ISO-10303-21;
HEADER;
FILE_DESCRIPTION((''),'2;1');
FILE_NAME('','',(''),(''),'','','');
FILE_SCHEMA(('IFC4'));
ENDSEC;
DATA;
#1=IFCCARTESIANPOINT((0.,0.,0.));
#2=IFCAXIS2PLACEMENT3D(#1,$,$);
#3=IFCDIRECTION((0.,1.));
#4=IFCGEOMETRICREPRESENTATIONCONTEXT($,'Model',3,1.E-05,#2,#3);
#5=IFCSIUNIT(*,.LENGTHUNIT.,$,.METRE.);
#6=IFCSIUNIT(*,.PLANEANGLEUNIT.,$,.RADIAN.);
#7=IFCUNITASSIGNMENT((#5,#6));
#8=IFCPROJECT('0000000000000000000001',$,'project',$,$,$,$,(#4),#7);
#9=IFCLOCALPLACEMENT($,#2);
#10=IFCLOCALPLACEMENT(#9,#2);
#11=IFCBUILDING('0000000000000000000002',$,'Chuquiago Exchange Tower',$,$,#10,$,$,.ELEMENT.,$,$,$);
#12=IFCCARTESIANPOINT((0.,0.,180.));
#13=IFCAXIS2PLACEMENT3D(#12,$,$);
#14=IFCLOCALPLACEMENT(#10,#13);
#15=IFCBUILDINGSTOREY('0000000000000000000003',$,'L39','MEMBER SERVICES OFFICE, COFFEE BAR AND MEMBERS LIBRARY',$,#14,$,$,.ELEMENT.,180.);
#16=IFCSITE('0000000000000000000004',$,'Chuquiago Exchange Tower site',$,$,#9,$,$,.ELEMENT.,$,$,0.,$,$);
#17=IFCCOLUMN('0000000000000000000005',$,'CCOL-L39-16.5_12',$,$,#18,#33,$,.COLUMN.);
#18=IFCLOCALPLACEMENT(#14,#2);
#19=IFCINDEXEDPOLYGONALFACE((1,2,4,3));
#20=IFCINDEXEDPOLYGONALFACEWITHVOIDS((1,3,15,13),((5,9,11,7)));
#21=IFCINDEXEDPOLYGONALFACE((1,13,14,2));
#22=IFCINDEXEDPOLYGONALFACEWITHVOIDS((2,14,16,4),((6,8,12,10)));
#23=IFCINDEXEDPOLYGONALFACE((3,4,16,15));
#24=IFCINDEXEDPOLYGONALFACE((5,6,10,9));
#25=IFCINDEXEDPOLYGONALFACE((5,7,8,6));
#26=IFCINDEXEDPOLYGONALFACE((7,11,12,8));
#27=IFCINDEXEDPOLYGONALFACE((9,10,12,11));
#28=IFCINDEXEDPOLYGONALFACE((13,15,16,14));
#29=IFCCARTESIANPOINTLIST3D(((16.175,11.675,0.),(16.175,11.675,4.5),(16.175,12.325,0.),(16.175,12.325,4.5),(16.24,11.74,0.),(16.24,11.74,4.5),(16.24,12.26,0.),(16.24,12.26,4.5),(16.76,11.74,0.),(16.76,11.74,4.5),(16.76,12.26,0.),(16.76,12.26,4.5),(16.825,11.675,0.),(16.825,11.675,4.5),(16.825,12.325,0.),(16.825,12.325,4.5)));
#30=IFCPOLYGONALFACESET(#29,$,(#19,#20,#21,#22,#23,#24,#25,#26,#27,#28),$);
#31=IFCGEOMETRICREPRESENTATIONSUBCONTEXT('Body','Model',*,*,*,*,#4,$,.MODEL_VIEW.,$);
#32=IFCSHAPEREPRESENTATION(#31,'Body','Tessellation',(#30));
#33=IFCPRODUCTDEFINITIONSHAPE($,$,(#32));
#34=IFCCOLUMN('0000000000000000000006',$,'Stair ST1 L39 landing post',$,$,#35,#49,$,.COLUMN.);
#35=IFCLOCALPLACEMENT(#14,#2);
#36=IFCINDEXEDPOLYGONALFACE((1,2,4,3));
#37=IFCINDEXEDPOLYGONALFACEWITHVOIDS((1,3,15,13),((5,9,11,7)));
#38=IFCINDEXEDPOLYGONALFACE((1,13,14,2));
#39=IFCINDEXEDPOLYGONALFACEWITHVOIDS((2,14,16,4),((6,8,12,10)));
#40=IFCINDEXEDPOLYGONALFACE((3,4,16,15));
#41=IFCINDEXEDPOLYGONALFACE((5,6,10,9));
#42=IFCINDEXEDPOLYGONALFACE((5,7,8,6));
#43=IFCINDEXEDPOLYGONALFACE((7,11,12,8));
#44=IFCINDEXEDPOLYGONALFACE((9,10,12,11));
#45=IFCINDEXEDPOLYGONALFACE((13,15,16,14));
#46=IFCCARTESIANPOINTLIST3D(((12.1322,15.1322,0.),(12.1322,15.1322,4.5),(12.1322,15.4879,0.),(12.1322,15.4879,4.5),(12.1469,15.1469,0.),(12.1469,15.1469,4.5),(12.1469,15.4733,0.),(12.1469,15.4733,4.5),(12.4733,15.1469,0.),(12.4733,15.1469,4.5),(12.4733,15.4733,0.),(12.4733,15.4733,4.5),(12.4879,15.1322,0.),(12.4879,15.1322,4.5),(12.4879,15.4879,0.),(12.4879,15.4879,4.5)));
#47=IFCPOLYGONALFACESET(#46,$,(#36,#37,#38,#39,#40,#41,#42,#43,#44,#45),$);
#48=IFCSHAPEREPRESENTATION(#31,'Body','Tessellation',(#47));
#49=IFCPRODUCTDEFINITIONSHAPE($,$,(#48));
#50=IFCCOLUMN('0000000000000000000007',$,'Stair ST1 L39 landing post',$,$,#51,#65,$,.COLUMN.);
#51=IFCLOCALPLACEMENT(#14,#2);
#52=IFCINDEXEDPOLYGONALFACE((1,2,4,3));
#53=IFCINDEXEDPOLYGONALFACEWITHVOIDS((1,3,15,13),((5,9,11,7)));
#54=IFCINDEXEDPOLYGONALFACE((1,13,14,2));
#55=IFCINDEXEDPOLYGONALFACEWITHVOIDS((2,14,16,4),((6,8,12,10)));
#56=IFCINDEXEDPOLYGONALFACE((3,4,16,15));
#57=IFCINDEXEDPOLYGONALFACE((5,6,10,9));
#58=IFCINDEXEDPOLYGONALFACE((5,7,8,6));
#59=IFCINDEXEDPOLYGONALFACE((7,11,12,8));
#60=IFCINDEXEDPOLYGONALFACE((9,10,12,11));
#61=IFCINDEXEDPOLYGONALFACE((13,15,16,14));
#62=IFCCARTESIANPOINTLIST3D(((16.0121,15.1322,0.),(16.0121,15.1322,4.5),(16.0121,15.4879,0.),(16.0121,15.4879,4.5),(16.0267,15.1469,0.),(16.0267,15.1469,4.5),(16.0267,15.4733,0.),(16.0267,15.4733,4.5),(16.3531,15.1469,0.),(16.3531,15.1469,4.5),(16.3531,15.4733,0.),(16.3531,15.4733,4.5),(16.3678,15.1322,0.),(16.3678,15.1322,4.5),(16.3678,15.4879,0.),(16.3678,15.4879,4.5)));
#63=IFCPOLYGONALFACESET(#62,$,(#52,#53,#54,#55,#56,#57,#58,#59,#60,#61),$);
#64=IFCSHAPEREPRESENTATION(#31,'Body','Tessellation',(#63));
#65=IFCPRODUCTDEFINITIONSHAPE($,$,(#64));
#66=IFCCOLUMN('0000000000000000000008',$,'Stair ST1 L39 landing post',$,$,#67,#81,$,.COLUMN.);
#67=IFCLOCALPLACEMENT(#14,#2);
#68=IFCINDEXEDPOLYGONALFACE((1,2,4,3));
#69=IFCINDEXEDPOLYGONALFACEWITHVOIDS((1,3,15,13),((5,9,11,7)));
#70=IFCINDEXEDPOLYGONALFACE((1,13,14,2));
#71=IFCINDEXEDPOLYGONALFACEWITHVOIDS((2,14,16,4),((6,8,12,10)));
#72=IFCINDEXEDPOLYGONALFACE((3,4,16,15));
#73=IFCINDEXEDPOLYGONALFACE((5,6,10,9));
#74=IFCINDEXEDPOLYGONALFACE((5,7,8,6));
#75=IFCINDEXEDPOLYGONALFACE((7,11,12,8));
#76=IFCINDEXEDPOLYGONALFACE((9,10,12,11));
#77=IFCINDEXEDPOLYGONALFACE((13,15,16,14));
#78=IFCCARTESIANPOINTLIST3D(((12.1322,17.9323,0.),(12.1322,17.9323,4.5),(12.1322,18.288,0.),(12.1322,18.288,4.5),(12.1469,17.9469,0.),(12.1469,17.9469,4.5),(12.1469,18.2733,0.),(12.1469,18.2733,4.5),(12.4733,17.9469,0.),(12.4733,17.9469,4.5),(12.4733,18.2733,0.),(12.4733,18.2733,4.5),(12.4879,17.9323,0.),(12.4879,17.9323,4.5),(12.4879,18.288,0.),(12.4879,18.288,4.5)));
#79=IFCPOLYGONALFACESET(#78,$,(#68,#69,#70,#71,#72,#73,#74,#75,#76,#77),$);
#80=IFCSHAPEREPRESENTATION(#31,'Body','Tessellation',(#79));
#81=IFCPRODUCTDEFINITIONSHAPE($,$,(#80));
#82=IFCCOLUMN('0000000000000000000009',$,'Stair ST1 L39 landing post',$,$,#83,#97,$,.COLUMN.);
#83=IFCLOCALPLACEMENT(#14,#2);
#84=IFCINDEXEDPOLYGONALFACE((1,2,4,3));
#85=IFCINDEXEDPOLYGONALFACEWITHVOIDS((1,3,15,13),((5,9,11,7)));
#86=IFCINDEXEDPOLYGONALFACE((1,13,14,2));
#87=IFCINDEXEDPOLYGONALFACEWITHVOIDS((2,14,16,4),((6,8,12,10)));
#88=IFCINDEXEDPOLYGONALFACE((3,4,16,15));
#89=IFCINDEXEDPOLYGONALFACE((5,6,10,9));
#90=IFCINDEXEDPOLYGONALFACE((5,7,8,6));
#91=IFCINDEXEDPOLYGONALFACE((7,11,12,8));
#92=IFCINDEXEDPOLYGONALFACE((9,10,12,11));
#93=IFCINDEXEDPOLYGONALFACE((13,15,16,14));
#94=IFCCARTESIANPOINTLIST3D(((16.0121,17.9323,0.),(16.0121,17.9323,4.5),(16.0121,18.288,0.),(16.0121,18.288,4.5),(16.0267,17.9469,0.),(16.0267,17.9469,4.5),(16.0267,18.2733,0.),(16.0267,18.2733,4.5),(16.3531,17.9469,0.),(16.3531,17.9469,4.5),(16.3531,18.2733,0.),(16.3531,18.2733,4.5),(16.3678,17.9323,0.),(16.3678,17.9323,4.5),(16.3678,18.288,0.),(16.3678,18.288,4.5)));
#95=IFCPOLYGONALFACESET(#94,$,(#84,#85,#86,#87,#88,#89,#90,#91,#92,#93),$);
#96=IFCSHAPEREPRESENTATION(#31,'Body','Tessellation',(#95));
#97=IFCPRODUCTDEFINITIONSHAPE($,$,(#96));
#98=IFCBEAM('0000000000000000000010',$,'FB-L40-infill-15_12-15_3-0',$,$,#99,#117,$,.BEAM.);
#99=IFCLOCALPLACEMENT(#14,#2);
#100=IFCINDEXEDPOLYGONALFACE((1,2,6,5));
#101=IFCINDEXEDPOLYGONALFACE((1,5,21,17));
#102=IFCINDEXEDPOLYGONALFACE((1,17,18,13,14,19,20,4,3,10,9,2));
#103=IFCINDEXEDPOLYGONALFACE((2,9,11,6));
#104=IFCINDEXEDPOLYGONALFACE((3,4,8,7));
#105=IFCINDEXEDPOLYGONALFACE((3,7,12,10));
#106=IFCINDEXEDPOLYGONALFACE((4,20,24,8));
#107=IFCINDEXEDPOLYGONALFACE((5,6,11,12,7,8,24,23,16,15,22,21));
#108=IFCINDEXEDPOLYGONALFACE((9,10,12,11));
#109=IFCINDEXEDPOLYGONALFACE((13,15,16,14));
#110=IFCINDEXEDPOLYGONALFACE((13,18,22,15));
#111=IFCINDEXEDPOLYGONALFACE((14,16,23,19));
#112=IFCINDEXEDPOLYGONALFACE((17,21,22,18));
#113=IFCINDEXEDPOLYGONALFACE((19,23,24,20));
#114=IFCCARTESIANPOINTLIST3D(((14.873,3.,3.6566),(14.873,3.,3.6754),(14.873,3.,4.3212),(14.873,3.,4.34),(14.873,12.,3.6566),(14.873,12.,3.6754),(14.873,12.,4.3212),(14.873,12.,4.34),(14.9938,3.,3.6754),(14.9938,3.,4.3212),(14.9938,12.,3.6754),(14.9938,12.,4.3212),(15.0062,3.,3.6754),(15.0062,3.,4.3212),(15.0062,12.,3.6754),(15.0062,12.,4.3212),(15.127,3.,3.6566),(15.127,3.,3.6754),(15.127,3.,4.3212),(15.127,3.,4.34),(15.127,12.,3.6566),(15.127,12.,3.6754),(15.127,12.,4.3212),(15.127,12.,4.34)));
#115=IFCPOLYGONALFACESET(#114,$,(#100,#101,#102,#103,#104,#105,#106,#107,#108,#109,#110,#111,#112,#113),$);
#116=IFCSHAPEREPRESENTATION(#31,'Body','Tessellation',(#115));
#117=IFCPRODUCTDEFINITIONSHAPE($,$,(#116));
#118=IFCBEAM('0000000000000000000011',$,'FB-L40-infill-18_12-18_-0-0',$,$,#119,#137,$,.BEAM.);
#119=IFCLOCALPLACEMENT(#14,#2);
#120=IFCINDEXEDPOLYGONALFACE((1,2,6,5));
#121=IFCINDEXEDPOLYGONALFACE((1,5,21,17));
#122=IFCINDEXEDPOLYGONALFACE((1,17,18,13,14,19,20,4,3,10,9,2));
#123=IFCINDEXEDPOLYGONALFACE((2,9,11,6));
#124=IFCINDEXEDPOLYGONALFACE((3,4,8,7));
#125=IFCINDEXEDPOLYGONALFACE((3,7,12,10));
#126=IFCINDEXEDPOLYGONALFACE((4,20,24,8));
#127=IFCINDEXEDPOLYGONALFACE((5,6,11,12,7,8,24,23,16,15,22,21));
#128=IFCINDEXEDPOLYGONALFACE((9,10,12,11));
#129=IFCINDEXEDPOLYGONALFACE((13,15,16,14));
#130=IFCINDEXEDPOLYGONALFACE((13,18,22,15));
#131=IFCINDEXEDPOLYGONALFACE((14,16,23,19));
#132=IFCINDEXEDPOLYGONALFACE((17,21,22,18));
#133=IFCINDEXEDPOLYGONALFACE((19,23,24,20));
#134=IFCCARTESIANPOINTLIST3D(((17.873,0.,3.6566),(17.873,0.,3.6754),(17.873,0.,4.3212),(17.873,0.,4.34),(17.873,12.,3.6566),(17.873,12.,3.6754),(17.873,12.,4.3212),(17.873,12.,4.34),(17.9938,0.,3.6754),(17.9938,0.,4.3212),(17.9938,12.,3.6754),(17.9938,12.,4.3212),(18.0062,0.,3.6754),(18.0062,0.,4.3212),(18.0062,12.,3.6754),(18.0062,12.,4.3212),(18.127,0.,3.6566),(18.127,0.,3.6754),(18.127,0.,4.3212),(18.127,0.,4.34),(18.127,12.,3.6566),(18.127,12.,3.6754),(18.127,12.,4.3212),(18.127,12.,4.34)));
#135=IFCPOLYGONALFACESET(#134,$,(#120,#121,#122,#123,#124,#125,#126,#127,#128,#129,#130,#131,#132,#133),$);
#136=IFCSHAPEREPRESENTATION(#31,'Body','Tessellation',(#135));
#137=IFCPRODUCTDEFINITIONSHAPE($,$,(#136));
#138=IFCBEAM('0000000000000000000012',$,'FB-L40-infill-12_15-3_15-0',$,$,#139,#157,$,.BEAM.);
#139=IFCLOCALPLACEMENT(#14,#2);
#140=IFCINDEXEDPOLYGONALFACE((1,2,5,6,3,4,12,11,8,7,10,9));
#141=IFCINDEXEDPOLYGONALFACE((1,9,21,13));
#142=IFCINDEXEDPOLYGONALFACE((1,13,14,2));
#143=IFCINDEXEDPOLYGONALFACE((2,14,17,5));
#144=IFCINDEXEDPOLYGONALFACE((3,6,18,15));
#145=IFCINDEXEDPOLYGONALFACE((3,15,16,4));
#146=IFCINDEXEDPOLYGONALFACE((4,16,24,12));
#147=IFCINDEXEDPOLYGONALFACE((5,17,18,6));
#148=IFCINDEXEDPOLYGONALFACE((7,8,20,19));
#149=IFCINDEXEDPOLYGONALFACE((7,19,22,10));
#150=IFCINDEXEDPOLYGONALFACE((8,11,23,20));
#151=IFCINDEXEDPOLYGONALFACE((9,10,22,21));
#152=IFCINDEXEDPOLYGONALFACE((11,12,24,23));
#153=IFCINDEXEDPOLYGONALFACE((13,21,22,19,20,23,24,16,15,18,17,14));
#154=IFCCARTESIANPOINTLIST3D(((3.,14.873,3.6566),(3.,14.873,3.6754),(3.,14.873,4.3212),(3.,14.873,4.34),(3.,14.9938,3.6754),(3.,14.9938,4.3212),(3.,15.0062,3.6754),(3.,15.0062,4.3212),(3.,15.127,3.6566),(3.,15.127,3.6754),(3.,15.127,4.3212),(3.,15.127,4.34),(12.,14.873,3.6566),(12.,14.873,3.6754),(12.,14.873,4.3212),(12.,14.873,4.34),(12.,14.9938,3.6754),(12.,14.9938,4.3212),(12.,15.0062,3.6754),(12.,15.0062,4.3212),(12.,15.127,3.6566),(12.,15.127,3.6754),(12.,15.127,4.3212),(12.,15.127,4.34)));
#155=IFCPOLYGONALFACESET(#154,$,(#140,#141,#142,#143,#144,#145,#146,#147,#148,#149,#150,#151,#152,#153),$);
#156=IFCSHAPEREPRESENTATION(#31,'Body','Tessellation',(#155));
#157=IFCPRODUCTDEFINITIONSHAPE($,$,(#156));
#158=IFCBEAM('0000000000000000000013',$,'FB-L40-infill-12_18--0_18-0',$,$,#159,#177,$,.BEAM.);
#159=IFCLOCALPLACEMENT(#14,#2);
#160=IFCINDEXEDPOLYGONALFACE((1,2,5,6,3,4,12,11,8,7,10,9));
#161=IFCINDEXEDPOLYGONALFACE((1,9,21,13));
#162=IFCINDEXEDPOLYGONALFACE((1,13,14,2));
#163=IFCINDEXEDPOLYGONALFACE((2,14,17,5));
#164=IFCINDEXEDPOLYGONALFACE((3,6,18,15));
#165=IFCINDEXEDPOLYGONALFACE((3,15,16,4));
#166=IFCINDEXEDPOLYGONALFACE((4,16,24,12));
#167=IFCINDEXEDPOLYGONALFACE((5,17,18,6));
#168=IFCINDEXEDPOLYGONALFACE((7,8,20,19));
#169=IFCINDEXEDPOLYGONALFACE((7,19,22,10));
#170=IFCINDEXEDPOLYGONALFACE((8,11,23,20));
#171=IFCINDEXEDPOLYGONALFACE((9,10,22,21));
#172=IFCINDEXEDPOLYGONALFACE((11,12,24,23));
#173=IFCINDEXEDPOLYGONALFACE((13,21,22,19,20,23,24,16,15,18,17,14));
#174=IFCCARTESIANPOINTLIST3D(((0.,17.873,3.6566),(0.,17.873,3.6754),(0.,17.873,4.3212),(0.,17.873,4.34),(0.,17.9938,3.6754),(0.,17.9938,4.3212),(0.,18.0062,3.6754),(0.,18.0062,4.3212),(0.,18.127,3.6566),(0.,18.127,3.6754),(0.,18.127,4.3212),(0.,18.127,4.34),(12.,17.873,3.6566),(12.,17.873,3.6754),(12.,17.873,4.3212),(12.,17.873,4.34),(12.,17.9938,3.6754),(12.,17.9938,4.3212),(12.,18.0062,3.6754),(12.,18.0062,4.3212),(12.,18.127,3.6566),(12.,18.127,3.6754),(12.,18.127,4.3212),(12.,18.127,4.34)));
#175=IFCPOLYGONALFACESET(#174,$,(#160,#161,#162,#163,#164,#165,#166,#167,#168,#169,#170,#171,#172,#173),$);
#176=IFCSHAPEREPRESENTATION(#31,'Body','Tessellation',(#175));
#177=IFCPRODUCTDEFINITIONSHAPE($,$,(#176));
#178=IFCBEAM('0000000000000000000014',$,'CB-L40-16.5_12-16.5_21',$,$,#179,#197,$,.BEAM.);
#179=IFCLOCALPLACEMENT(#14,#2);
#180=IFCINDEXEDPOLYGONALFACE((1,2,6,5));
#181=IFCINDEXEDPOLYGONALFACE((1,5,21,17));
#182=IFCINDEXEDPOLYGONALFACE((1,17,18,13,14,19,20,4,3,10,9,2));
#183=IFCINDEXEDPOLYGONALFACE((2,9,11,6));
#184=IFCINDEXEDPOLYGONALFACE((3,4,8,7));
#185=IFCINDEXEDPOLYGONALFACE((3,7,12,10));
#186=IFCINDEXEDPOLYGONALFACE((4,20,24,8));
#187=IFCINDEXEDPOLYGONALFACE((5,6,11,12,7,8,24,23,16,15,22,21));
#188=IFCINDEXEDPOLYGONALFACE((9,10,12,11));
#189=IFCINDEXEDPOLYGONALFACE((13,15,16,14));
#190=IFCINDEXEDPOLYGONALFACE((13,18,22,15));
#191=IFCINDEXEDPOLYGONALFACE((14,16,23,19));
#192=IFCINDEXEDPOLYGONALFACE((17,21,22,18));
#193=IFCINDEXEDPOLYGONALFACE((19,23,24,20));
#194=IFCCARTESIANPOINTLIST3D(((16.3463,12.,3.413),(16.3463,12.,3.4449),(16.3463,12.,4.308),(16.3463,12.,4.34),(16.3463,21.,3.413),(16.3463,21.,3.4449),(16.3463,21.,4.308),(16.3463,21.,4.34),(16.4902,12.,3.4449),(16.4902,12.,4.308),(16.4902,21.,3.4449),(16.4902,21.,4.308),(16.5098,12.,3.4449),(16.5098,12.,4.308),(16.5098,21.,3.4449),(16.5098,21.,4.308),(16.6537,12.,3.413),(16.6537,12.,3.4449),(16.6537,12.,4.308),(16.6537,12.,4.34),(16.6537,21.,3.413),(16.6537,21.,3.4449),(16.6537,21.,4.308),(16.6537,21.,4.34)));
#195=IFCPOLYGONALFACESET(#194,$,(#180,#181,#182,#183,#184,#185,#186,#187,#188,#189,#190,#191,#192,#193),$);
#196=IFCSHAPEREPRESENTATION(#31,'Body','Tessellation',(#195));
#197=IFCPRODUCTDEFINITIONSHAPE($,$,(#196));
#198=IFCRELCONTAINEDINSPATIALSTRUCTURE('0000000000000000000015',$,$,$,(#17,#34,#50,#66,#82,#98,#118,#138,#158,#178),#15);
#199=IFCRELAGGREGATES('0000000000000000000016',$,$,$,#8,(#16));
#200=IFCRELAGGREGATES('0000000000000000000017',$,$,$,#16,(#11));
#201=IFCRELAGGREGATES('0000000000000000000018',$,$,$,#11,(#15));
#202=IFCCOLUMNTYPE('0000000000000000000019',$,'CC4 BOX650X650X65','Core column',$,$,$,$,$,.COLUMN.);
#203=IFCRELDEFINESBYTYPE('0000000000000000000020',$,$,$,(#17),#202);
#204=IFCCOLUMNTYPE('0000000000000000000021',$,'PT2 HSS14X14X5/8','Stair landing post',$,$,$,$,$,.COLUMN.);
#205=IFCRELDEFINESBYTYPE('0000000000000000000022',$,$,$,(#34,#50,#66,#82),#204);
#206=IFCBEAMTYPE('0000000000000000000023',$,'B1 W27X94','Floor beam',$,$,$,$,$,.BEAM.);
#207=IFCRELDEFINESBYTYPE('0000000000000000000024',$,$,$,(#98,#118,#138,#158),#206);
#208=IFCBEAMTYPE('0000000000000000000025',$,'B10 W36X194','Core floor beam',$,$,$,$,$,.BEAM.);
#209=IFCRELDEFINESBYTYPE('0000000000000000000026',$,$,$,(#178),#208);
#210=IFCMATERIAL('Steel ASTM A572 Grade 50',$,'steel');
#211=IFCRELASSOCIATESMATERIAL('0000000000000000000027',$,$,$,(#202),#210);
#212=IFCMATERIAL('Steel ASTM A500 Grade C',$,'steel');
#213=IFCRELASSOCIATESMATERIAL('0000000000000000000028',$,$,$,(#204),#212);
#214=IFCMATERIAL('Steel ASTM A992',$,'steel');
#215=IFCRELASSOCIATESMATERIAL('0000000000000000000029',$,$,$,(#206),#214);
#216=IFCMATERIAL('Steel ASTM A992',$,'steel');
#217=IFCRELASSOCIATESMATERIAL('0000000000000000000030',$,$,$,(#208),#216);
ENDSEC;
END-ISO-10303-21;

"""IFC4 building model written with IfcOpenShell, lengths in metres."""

from ifc_helpers import new_model, si_unit, direction, frame, origin, origin_2d, place, context, subcontext, project, spatial, hollow_rectangle, i_section, extrude, material, material_profile, profile_set, type_object, element, save


model = new_model("IFC4")

# Units and contexts
model_context = context("Model", 3, precision=1e-05, world=origin(), true_north=direction((0.0, 1.0)))
body_context = subcontext(model_context, "Body", "Model", "MODEL_VIEW")
ifc_project = project(units=[si_unit("LENGTHUNIT", "METRE"), si_unit("PLANEANGLEUNIT", "RADIAN")], contexts=[model_context])

# Site, building, storey
site_placement = place(None, origin())
site = spatial("IfcSite", under=ifc_project, at=site_placement, Name="Chuquiago Exchange Tower site", CompositionType="ELEMENT", RefElevation=0.0)
building_placement = place(site_placement, origin())
building = spatial("IfcBuilding", under=site, at=building_placement, Name="Chuquiago Exchange Tower", CompositionType="ELEMENT")
storey_placement = place(building_placement, frame((0.0, 0.0, 180.0)))
storey = spatial("IfcBuildingStorey", under=building, at=storey_placement, Name="L39", Description="MEMBER SERVICES OFFICE, COFFEE BAR AND MEMBERS LIBRARY", CompositionType="ELEMENT", Elevation=180.0)

# Columns
ifc_material_1 = material(Name="Steel ASTM A572 Grade 50", Category="steel")
ifc_material_profile_1 = material_profile(ifc_material_1, hollow_rectangle(XDim=0.6499, YDim=0.6499, WallThickness=0.0649, at=origin_2d()), Name="BOX650X650X65")
ifc_profile_set_1 = profile_set([ifc_material_profile_1], Name="Steel ASTM A572 Grade 50")
column_type_1 = type_object("IfcColumnType", Name="CC4 BOX650X650X65", Description="Core column", PredefinedType="COLUMN", material=ifc_profile_set_1)
column_placement = place(storey_placement, frame((16.5, 12.0, 0.0), z_axis=(0.0, 0.0, 1.0), x_axis=(1.0, 0.0, 0.0)))
element("IfcColumn", 1, at=column_placement, inside=storey, type_object=column_type_1, Name="CCOL-L39-16.5_12", PredefinedType="COLUMN", context=body_context, shape_type="SweptSolid", body=[
    extrude(hollow_rectangle(XDim=0.6499, YDim=0.6499, WallThickness=0.0649, at=origin_2d()), origin(), (0.0, 0.0, 1.0), 4.5),
])
ifc_material_2 = material(Name="Steel ASTM A500 Grade C", Category="steel")
ifc_material_profile_2 = material_profile(ifc_material_2, hollow_rectangle(XDim=0.3557, YDim=0.3557, WallThickness=0.0146, at=origin_2d()), Name="HSS14X14X5/8")
ifc_profile_set_2 = profile_set([ifc_material_profile_2], Name="Steel ASTM A500 Grade C")
column_type_2 = type_object("IfcColumnType", Name="PT2 HSS14X14X5/8", Description="Stair landing post", PredefinedType="COLUMN", material=ifc_profile_set_2)
for number, where, z_axis, x_axis, name in (
    (2, (12.3101, 15.3101, 0.0), (0.0, 0.0, 1.0), (1.0, 0.0, 0.0), "Stair ST1 L39 landing post"),
    (3, (16.1899, 15.3101, 0.0), (0.0, 0.0, 1.0), (1.0, 0.0, 0.0), "Stair ST1 L39 landing post"),
    (4, (12.3101, 18.1101, 0.0), (0.0, 0.0, 1.0), (1.0, 0.0, 0.0), "Stair ST1 L39 landing post"),
    (5, (16.1899, 18.1101, 0.0), (0.0, 0.0, 1.0), (1.0, 0.0, 0.0), "Stair ST1 L39 landing post"),
):
    element("IfcColumn", number, at=place(storey_placement, frame(where, z_axis=z_axis, x_axis=x_axis)), inside=storey, type_object=column_type_2, Name=name, PredefinedType="COLUMN", context=body_context, shape_type="SweptSolid", body=[
        extrude(hollow_rectangle(XDim=0.3557, YDim=0.3557, WallThickness=0.0146, at=origin_2d()), origin(), (0.0, 0.0, 1.0), 4.5),
    ])

# Beams
ifc_material_3 = material(Name="Steel ASTM A992", Category="steel")
ifc_material_profile_3 = material_profile(ifc_material_3, i_section(OverallWidth=0.2539, OverallDepth=0.6833, WebThickness=0.0125, FlangeThickness=0.0188, at=origin_2d()), Name="W27X94")
ifc_profile_set_3 = profile_set([ifc_material_profile_3], Name="Steel ASTM A992")
beam_type_1 = type_object("IfcBeamType", Name="B1 W27X94", Description="Floor beam", PredefinedType="BEAM", material=ifc_profile_set_3)
beam_1_placement = place(storey_placement, frame((15.0, 12.0, 3.9983), z_axis=(0.0, -1.0, 0.0), x_axis=(1.0, 0.0, 0.0)))
element("IfcBeam", 6, at=beam_1_placement, inside=storey, type_object=beam_type_1, Name="FB-L40-infill-15_12-15_3-0", PredefinedType="BEAM", context=body_context, shape_type="SweptSolid", body=[
    extrude(i_section(OverallWidth=0.2539, OverallDepth=0.6833, WebThickness=0.0125, FlangeThickness=0.0188, at=origin_2d()), origin(), (0.0, 0.0, 1.0), 9.0),
])
beam_2_placement = place(storey_placement, frame((18.0, 12.0, 3.9983), z_axis=(0.0, -1.0, 0.0), x_axis=(1.0, 0.0, 0.0)))
element("IfcBeam", 7, at=beam_2_placement, inside=storey, type_object=beam_type_1, Name="FB-L40-infill-18_12-18_-0-0", PredefinedType="BEAM", context=body_context, shape_type="SweptSolid", body=[
    extrude(i_section(OverallWidth=0.2539, OverallDepth=0.6833, WebThickness=0.0125, FlangeThickness=0.0188, at=origin_2d()), origin(), (0.0, 0.0, 1.0), 12.0),
])
beam_3_placement = place(storey_placement, frame((12.0, 15.0, 3.9983), z_axis=(-1.0, 0.0, 0.0), x_axis=(0.0, -1.0, 0.0)))
element("IfcBeam", 8, at=beam_3_placement, inside=storey, type_object=beam_type_1, Name="FB-L40-infill-12_15-3_15-0", PredefinedType="BEAM", context=body_context, shape_type="SweptSolid", body=[
    extrude(i_section(OverallWidth=0.2539, OverallDepth=0.6833, WebThickness=0.0125, FlangeThickness=0.0188, at=origin_2d()), origin(), (0.0, 0.0, 1.0), 9.0),
])
beam_4_placement = place(storey_placement, frame((12.0, 18.0, 3.9983), z_axis=(-1.0, 0.0, 0.0), x_axis=(0.0, -1.0, 0.0)))
element("IfcBeam", 9, at=beam_4_placement, inside=storey, type_object=beam_type_1, Name="FB-L40-infill-12_18--0_18-0", PredefinedType="BEAM", context=body_context, shape_type="SweptSolid", body=[
    extrude(i_section(OverallWidth=0.2539, OverallDepth=0.6833, WebThickness=0.0125, FlangeThickness=0.0188, at=origin_2d()), origin(), (0.0, 0.0, 1.0), 12.0),
])
ifc_material_4 = material(Name="Steel ASTM A992", Category="steel")
ifc_material_profile_4 = material_profile(ifc_material_4, i_section(OverallWidth=0.3074, OverallDepth=0.927, WebThickness=0.0195, FlangeThickness=0.032, at=origin_2d()), Name="W36X194")
ifc_profile_set_4 = profile_set([ifc_material_profile_4], Name="Steel ASTM A992")
beam_type_2 = type_object("IfcBeamType", Name="B10 W36X194", Description="Core floor beam", PredefinedType="BEAM", material=ifc_profile_set_4)
beam_5_placement = place(storey_placement, frame((16.5, 12.0, 3.8765), z_axis=(0.0, 1.0, 0.0), x_axis=(-1.0, 0.0, 0.0)))
element("IfcBeam", 10, at=beam_5_placement, inside=storey, type_object=beam_type_2, Name="CB-L40-16.5_12-16.5_21", PredefinedType="BEAM", context=body_context, shape_type="SweptSolid", body=[
    extrude(i_section(OverallWidth=0.3074, OverallDepth=0.927, WebThickness=0.0195, FlangeThickness=0.032, at=origin_2d()), origin(), (0.0, 0.0, 1.0), 9.0),
])

save(model, "model.ifc")
